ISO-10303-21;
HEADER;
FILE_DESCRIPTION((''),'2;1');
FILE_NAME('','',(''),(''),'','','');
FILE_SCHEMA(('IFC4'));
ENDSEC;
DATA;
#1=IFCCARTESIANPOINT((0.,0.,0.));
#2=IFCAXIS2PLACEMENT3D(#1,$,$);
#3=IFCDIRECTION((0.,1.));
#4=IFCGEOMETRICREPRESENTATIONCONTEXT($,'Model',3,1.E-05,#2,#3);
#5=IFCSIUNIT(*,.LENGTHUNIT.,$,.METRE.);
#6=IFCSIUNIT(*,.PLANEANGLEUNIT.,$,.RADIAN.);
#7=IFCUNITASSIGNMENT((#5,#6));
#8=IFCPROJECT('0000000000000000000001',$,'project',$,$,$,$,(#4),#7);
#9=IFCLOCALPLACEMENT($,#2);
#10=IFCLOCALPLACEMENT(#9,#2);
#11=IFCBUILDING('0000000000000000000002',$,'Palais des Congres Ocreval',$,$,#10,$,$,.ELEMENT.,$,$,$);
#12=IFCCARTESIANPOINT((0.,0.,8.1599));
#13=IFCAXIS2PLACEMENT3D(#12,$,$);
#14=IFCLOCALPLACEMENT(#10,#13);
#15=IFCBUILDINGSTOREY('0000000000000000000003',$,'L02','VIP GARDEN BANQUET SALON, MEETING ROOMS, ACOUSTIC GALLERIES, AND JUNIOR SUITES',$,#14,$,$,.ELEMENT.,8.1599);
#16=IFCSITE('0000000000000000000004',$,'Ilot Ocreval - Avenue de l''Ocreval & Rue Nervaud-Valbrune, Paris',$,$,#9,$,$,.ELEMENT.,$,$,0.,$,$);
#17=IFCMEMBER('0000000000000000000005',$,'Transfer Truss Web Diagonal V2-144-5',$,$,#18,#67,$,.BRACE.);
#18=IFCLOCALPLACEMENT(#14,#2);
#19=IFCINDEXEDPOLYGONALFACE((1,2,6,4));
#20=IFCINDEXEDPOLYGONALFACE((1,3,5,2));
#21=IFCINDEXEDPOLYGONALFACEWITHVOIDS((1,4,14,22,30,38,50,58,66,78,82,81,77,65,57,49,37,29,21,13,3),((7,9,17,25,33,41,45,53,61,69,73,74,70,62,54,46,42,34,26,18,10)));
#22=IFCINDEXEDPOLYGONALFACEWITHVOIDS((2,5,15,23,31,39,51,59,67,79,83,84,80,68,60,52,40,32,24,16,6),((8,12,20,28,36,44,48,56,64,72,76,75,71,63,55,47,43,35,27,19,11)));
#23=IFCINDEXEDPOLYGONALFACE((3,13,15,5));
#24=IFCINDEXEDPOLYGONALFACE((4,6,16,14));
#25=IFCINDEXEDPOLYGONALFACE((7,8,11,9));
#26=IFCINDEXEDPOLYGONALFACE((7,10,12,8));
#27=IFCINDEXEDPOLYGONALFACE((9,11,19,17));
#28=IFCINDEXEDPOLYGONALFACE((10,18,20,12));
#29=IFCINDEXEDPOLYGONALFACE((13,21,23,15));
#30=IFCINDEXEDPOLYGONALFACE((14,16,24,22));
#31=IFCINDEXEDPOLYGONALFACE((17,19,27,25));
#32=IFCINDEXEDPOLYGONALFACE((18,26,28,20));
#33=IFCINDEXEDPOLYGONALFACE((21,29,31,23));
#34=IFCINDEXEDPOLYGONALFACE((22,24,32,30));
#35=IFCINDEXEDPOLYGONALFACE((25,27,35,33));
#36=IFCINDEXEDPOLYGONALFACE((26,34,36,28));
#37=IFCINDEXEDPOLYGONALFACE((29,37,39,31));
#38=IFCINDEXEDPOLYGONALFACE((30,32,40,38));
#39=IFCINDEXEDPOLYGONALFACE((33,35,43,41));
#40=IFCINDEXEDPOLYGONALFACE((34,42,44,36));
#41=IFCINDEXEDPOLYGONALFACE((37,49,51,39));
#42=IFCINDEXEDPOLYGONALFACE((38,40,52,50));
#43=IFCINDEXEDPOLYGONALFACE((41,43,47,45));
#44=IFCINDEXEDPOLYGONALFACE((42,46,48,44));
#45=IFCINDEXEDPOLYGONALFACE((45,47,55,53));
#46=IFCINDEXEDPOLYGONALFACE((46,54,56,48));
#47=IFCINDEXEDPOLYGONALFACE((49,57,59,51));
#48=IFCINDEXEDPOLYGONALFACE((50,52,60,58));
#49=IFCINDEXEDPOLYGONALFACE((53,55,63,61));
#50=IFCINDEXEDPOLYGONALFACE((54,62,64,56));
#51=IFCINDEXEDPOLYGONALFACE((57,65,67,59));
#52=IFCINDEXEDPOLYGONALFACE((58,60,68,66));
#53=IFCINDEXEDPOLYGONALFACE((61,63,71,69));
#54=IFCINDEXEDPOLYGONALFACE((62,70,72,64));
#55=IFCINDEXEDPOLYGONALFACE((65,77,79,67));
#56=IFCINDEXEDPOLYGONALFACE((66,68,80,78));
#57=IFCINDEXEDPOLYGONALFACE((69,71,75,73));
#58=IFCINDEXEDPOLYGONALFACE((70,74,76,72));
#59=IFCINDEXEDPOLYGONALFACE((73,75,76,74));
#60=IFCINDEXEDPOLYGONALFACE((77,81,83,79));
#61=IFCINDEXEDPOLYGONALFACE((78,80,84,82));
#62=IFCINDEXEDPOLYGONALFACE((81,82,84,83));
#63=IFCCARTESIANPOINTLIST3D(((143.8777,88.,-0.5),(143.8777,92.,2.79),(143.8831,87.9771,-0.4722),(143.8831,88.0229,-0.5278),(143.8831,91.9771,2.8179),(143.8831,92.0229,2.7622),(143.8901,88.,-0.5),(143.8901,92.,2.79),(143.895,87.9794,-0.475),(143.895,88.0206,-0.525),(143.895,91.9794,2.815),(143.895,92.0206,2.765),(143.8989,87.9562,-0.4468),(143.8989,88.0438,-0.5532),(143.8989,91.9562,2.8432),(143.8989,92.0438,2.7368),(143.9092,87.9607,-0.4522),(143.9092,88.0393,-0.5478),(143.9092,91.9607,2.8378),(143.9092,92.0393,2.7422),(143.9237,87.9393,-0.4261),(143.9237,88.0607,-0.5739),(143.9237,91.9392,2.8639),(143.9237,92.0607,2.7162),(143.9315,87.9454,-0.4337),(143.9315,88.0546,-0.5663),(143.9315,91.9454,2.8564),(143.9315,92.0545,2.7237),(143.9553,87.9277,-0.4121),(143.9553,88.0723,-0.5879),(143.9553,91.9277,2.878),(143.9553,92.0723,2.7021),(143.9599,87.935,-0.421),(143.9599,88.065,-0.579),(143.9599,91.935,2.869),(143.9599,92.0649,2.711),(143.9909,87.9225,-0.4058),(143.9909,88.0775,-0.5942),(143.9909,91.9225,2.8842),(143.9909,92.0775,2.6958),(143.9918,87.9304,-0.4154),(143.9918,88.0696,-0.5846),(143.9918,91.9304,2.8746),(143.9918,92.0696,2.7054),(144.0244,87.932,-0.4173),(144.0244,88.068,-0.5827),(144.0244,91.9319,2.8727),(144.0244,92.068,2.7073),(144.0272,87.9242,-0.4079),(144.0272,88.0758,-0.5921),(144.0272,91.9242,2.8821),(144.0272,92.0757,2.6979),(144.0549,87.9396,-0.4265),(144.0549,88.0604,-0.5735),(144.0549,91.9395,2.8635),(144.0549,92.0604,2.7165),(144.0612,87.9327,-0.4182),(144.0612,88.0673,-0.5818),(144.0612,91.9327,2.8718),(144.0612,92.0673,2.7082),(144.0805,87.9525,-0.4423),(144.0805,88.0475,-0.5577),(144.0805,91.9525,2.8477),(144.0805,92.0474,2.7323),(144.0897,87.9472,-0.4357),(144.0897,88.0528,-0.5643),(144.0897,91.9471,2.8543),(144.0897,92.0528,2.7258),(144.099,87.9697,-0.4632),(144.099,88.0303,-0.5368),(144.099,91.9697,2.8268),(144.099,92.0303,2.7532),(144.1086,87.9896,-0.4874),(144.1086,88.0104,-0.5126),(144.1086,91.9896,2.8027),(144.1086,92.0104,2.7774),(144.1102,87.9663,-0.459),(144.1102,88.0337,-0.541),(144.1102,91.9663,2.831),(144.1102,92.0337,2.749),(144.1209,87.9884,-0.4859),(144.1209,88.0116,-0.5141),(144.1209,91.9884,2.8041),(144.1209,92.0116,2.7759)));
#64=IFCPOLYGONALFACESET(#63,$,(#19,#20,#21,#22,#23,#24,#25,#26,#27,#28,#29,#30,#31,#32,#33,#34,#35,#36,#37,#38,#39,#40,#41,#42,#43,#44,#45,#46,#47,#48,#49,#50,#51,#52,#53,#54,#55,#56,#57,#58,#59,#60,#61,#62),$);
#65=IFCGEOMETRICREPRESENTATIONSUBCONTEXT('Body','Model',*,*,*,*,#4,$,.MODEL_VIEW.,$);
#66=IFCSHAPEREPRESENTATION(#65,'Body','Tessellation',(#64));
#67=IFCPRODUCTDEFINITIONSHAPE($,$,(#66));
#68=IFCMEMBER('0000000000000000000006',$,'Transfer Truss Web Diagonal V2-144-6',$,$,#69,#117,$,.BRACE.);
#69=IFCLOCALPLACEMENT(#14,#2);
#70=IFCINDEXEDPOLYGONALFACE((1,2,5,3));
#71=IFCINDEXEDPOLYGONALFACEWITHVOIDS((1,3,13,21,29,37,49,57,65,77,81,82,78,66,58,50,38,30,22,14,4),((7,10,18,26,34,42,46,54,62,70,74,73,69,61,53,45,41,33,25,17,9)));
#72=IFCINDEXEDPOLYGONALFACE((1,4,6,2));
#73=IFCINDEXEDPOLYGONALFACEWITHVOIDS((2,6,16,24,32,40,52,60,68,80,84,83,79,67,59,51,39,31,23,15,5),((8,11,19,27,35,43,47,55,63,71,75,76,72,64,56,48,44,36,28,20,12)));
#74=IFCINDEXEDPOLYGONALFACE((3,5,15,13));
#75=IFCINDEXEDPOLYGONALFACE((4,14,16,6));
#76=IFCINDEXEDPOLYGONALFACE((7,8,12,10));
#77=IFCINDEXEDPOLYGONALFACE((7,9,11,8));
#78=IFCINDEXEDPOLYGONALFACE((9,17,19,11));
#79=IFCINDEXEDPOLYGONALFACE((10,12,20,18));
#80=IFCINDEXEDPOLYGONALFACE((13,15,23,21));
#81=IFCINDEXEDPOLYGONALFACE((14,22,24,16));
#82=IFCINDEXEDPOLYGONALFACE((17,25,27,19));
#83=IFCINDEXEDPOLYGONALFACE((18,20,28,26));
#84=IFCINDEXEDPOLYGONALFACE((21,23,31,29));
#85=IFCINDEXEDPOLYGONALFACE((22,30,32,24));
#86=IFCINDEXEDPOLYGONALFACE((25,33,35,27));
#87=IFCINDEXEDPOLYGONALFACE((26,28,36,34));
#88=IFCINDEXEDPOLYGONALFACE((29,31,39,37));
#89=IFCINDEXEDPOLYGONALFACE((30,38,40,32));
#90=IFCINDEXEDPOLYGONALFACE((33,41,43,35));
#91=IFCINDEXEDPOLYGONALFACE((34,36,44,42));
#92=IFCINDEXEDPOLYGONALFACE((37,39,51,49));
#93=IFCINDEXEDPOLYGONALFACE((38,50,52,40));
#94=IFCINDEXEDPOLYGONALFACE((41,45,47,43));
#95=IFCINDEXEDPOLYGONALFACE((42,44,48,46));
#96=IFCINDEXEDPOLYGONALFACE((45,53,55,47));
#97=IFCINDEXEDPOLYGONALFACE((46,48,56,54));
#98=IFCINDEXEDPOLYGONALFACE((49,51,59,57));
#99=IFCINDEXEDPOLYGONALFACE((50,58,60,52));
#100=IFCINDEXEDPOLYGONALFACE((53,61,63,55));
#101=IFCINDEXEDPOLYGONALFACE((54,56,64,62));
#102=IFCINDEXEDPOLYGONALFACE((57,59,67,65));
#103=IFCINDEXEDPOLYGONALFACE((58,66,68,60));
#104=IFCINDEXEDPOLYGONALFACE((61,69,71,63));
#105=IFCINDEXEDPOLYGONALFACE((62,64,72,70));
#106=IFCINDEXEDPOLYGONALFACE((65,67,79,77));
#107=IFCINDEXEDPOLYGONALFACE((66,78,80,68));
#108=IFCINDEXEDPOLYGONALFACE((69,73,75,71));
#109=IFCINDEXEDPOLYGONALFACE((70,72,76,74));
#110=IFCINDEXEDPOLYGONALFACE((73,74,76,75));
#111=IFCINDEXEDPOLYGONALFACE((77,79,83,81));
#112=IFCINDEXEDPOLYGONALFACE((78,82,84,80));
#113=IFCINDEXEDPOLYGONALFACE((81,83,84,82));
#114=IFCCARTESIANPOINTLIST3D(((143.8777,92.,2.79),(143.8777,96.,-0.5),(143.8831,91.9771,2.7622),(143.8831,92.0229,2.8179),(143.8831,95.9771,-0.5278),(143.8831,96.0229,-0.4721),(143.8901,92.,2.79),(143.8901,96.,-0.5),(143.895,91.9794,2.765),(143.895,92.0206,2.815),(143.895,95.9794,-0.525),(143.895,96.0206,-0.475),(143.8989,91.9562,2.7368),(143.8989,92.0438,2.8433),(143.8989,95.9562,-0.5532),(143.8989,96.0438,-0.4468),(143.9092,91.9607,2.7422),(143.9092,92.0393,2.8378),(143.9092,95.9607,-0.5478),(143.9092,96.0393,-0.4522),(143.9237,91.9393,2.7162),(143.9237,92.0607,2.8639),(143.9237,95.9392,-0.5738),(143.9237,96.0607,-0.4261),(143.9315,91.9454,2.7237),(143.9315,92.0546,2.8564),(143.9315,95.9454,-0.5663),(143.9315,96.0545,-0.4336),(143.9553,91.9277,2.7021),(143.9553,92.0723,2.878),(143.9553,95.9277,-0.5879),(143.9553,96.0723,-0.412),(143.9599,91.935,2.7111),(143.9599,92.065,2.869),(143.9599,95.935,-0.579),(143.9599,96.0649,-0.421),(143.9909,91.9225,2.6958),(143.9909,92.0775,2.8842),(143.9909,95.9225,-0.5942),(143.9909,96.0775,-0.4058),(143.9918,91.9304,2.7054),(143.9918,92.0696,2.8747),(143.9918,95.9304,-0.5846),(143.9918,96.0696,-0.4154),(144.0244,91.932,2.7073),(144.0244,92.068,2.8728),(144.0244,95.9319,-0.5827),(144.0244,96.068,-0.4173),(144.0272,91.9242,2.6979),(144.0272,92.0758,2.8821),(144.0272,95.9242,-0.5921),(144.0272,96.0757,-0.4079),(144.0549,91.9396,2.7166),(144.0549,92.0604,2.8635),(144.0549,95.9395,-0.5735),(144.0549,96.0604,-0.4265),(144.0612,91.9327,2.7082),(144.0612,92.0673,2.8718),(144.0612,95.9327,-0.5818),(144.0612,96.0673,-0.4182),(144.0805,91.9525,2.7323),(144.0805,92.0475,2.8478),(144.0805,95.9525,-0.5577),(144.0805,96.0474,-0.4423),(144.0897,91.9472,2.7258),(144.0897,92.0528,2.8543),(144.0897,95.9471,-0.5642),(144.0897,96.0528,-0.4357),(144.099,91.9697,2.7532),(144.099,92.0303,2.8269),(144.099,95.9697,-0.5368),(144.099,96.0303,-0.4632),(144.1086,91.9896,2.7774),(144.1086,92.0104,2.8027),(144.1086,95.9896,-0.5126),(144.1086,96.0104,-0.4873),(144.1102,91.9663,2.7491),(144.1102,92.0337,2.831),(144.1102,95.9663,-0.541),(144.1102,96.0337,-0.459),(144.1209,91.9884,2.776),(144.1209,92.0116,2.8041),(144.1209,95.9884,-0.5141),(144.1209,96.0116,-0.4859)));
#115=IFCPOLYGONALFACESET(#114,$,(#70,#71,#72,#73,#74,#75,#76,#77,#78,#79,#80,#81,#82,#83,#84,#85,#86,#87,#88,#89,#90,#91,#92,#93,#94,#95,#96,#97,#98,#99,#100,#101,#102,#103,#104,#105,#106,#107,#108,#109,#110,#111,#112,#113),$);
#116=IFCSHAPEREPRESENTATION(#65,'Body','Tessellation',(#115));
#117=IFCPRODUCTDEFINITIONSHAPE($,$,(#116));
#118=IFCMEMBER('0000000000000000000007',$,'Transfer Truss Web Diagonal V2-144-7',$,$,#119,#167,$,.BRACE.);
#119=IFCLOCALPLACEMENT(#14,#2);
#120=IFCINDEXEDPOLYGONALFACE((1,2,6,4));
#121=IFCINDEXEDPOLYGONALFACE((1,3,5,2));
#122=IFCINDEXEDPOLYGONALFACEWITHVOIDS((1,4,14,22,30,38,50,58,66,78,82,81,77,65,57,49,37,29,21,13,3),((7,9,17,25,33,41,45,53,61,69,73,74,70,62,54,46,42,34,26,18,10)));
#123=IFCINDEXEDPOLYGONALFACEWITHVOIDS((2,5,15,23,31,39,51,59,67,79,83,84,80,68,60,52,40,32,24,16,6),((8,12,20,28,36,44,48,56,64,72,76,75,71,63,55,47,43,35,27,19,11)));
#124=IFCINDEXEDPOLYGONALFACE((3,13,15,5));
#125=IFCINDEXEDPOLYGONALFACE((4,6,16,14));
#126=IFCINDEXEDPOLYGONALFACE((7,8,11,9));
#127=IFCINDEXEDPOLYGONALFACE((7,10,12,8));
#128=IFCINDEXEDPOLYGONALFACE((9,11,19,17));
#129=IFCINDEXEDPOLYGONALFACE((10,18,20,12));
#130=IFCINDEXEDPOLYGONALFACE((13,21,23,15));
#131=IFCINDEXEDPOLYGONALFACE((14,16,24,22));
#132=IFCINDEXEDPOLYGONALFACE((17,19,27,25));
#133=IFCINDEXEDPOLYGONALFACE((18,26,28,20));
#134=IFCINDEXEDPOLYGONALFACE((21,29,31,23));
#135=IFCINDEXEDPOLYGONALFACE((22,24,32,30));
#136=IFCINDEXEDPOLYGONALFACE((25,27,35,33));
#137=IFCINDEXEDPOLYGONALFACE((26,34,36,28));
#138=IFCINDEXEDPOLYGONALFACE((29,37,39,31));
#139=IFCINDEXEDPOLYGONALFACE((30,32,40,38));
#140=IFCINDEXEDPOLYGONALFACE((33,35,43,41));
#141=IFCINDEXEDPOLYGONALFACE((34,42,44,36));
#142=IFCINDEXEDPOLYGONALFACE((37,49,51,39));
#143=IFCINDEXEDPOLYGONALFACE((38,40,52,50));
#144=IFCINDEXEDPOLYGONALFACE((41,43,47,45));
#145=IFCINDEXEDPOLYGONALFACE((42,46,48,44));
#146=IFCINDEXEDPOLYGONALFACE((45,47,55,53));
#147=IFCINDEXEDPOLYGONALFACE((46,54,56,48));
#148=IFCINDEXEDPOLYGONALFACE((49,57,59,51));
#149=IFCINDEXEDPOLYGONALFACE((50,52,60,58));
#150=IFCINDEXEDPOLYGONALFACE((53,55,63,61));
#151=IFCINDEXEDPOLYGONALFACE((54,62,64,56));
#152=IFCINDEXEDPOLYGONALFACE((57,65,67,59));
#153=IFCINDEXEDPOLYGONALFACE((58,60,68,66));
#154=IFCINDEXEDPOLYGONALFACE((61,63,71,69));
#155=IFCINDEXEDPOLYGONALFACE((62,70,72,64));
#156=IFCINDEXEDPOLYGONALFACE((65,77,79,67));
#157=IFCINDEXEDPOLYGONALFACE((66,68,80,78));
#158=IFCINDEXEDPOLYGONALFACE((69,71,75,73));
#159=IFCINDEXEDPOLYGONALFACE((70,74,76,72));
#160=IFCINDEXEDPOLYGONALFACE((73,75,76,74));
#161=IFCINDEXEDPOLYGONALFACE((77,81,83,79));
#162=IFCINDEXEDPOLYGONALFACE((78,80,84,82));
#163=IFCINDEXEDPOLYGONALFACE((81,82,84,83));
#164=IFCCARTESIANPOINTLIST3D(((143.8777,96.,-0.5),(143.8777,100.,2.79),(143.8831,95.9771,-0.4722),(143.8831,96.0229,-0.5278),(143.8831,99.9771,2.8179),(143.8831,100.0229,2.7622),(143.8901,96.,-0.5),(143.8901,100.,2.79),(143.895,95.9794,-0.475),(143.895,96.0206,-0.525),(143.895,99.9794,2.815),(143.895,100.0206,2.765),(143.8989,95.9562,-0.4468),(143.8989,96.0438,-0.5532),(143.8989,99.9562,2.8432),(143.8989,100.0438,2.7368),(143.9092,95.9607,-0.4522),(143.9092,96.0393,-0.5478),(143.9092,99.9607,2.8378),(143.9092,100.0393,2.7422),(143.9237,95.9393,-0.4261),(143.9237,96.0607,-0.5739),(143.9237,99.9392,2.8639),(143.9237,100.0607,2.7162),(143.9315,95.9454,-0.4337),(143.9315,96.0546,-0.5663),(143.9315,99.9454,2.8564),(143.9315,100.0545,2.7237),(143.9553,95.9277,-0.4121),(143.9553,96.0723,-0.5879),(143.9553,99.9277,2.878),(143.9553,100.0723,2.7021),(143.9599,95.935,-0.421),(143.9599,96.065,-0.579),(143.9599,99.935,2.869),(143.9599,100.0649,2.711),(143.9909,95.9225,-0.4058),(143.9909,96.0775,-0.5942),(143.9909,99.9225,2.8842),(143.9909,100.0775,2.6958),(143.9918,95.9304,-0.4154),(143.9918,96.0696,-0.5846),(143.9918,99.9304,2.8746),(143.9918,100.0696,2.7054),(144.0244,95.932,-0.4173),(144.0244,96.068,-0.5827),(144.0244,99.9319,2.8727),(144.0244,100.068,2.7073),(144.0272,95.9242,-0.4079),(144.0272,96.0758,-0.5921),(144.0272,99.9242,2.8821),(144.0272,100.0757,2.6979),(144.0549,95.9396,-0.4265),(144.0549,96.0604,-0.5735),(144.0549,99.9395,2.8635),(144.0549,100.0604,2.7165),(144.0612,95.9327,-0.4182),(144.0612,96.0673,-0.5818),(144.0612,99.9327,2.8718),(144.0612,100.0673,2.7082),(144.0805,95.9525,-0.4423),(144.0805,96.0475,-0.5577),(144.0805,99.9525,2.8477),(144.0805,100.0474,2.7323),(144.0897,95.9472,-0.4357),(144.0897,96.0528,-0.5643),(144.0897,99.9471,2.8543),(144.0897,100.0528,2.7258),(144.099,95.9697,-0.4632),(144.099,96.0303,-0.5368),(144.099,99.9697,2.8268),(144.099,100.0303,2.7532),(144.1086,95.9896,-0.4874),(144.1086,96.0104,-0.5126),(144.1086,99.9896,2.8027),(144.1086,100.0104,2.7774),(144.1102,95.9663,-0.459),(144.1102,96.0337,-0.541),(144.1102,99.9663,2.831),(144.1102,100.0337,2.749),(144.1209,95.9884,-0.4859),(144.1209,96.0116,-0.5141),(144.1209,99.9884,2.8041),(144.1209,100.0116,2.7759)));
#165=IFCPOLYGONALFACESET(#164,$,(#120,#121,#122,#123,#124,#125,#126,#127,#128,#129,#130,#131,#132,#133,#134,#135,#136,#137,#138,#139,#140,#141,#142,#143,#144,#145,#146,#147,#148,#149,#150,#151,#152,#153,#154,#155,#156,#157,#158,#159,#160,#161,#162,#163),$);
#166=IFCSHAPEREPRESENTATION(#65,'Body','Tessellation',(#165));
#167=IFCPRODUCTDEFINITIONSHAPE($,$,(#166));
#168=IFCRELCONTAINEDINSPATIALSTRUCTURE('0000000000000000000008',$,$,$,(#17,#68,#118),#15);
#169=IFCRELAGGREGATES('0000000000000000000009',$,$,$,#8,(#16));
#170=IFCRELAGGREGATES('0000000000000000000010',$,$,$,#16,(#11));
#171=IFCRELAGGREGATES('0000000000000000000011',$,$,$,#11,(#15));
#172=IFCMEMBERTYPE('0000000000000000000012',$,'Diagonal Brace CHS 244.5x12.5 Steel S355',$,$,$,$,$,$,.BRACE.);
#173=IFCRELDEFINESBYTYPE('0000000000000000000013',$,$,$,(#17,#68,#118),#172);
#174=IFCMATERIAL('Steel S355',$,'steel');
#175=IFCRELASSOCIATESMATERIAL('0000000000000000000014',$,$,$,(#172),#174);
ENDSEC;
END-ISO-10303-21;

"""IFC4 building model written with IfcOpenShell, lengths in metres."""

from ifc_helpers import new_model, si_unit, direction, frame, origin, origin_2d, place, context, subcontext, project, spatial, hollow_circle, extrude, material, material_profile, profile_set, type_object, element, save


model = new_model("IFC4")

# Units and contexts
model_context = context("Model", 3, precision=1e-05, world=origin(), true_north=direction((0.0, 1.0)))
body_context = subcontext(model_context, "Body", "Model", "MODEL_VIEW")
ifc_project = project(units=[si_unit("LENGTHUNIT", "METRE"), si_unit("PLANEANGLEUNIT", "RADIAN")], contexts=[model_context])

# Site, building, storey
site_placement = place(None, origin())
site = spatial("IfcSite", under=ifc_project, at=site_placement, Name="Ilot Ocreval - Avenue de l'Ocreval & Rue Nervaud-Valbrune, Paris", CompositionType="ELEMENT", RefElevation=0.0)
building_placement = place(site_placement, origin())
building = spatial("IfcBuilding", under=site, at=building_placement, Name="Palais des Congres Ocreval", CompositionType="ELEMENT")
storey_placement = place(building_placement, frame((0.0, 0.0, 8.1599)))
storey = spatial("IfcBuildingStorey", under=building, at=storey_placement, Name="L02", Description="VIP GARDEN BANQUET SALON, MEETING ROOMS, ACOUSTIC GALLERIES, AND JUNIOR SUITES", CompositionType="ELEMENT", Elevation=8.1599)

# Members
ifc_material_1 = material(Name="Steel S355", Category="steel")
ifc_material_profile_1 = material_profile(ifc_material_1, hollow_circle(Radius=0.1223, WallThickness=0.0125, at=origin_2d()), Name="CHS 244.5x12.5")
ifc_profile_set_1 = profile_set([ifc_material_profile_1], Name="Steel S355")
member_type_1 = type_object("IfcMemberType", Name="Diagonal Brace CHS 244.5x12.5 Steel S355", PredefinedType="BRACE", material=ifc_profile_set_1)
for number, where, z_axis, x_axis, name in (
    (1, (144.0, 88.0, -0.5), (0.0, 0.772317, 0.635238), (-1.0, 0.0, 0.0), "Transfer Truss Web Diagonal V2-144-5"),
    (2, (144.0, 92.0, 2.79), (0.0, 0.772317, -0.635238), (-1.0, 0.0, 0.0), "Transfer Truss Web Diagonal V2-144-6"),
    (3, (144.0, 96.0, -0.5), (0.0, 0.772317, 0.635238), (-1.0, 0.0, 0.0), "Transfer Truss Web Diagonal V2-144-7"),
):
    element("IfcMember", number, at=place(storey_placement, frame(where, z_axis=z_axis, x_axis=x_axis)), inside=storey, type_object=member_type_1, Name=name, PredefinedType="BRACE", context=body_context, shape_type="SweptSolid", body=[
        extrude(hollow_circle(Radius=0.1223, WallThickness=0.0125, at=origin_2d()), origin(), (0.0, 0.0, 1.0), 5.1792),
    ])

save(model, "model.ifc")
